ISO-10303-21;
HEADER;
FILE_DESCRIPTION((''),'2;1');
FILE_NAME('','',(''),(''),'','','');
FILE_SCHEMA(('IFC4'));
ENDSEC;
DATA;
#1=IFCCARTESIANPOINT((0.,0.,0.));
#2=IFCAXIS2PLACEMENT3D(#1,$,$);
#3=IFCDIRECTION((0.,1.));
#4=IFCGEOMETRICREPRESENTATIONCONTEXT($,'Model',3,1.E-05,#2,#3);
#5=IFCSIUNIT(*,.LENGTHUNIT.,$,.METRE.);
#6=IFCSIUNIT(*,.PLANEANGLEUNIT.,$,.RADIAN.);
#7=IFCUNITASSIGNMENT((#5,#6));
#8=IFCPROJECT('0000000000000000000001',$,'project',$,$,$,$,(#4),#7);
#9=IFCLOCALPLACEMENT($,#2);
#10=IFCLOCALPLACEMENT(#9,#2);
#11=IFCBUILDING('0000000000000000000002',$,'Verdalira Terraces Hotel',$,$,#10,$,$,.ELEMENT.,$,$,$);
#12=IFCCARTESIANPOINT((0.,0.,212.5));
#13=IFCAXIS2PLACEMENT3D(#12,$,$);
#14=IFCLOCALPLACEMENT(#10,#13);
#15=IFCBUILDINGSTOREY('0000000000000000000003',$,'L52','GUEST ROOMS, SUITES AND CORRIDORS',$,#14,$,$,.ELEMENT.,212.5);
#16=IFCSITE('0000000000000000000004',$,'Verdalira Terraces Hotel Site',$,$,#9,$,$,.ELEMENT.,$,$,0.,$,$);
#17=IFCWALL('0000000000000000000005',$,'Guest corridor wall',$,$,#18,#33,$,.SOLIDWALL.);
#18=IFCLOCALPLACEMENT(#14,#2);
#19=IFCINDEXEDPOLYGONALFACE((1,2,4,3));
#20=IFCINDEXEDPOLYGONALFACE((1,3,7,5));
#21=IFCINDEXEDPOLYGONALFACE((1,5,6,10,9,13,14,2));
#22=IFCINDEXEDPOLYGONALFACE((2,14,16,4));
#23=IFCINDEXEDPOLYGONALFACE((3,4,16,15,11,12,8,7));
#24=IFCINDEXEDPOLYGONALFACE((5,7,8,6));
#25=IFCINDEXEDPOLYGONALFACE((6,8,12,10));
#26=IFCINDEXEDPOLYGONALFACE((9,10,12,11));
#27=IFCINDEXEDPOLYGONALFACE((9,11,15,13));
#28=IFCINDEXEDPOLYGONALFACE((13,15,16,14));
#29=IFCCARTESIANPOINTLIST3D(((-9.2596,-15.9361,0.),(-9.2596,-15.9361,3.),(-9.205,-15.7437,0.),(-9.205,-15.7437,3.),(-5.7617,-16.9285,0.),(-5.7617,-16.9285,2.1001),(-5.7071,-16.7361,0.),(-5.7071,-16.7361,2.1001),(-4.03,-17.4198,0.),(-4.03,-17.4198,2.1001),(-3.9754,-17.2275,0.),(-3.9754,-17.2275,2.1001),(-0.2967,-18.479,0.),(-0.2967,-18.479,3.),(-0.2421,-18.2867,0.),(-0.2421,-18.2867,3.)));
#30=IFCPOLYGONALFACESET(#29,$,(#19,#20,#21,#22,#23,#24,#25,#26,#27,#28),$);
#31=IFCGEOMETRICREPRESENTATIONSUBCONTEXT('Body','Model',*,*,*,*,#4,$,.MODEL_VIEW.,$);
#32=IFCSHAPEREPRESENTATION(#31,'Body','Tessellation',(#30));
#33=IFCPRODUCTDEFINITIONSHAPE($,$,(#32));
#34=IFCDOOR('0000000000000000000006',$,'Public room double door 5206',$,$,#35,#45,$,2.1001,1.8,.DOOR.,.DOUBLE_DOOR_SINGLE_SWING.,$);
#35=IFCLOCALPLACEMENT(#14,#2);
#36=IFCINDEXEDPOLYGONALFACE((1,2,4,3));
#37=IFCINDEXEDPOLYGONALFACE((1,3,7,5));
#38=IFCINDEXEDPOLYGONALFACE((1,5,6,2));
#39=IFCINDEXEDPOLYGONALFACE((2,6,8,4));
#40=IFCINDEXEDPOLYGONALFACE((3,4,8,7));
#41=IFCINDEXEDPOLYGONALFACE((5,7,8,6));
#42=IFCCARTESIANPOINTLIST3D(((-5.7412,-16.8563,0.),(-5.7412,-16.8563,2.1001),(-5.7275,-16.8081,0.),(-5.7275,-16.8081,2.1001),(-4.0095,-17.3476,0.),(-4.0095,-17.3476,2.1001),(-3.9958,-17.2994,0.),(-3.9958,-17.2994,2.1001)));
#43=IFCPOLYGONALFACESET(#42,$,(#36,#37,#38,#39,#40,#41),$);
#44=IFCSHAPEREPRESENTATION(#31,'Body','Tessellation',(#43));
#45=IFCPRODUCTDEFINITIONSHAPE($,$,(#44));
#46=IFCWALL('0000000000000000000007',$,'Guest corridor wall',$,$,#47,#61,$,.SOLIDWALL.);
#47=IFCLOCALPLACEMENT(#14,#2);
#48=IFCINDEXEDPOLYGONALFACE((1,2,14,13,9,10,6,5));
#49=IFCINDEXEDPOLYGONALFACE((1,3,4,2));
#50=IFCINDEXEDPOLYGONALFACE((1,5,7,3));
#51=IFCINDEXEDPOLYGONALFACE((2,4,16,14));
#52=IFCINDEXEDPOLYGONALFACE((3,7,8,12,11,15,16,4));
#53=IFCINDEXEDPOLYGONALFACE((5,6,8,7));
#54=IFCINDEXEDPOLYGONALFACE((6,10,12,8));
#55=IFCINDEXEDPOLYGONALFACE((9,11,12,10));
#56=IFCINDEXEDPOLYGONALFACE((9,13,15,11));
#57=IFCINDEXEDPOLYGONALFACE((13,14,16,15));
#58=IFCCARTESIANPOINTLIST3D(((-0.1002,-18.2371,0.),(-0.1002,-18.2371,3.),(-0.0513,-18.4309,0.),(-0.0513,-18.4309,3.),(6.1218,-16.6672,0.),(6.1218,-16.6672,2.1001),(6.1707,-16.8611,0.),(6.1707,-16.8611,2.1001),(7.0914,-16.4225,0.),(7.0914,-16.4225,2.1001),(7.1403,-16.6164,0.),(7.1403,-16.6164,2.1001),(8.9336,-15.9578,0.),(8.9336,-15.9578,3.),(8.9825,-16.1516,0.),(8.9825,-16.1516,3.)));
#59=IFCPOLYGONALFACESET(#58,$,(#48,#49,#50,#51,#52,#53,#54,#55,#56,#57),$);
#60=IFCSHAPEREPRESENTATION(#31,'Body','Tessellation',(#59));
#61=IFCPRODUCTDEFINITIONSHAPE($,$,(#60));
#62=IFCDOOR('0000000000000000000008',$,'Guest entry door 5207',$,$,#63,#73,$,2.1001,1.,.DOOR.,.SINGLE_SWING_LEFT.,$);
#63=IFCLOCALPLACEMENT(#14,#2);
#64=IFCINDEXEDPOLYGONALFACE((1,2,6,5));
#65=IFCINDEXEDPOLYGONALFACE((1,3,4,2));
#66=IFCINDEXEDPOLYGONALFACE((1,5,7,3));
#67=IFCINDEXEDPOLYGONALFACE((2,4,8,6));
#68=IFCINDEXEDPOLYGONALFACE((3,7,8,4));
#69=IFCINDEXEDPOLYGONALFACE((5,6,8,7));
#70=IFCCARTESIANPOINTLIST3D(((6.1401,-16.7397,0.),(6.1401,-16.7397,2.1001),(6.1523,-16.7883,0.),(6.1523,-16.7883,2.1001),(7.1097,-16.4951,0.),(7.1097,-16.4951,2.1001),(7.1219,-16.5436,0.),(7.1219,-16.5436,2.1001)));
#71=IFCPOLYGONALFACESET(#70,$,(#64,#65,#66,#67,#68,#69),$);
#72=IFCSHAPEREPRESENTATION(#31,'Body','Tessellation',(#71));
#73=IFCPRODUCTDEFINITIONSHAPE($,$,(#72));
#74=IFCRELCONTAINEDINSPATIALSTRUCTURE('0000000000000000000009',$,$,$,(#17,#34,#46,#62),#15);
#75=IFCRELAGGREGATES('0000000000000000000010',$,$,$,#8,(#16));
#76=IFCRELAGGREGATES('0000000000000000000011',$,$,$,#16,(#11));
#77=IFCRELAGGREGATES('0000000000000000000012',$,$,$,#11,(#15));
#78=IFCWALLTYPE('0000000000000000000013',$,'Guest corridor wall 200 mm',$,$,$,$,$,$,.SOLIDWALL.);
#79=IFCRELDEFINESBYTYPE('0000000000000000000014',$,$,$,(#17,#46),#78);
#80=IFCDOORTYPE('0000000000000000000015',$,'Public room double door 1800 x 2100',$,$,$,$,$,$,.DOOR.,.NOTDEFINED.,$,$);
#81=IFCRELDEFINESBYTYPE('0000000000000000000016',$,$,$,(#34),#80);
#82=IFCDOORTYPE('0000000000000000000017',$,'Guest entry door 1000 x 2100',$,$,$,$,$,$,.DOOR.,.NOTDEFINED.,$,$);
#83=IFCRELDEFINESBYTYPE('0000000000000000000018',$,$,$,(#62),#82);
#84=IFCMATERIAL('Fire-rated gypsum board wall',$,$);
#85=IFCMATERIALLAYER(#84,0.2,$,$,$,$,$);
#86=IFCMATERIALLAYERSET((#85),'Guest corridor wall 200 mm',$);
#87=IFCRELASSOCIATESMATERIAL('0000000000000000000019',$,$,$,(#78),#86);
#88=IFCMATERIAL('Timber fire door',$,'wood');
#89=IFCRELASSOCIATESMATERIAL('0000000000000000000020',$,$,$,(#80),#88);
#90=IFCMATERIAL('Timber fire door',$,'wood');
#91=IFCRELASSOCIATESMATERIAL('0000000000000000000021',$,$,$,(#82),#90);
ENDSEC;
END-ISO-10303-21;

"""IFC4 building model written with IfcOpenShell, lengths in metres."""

from ifc_helpers import new_model, si_unit, direction, frame, frame_2d, origin, place, context, subcontext, project, spatial, rectangle, extrude, material, layer, layer_set, type_object, element, fill, save


model = new_model("IFC4")

# Units and contexts
model_context = context("Model", 3, precision=1e-05, world=origin(), true_north=direction((0.0, 1.0)))
body_context = subcontext(model_context, "Body", "Model", "MODEL_VIEW")
ifc_project = project(units=[si_unit("LENGTHUNIT", "METRE"), si_unit("PLANEANGLEUNIT", "RADIAN")], contexts=[model_context])

# Site, building, storey
site_placement = place(None, origin())
site = spatial("IfcSite", under=ifc_project, at=site_placement, Name="Verdalira Terraces Hotel Site", CompositionType="ELEMENT", RefElevation=0.0)
building_placement = place(site_placement, origin())
building = spatial("IfcBuilding", under=site, at=building_placement, Name="Verdalira Terraces Hotel", CompositionType="ELEMENT")
storey_placement = place(building_placement, frame((0.0, 0.0, 212.5)))
storey = spatial("IfcBuildingStorey", under=building, at=storey_placement, Name="L52", Description="GUEST ROOMS, SUITES AND CORRIDORS", CompositionType="ELEMENT", Elevation=212.5)

# Walls, openings, doors
ifc_material_1 = material(Name="Fire-rated gypsum board wall")
ifc_layer_1 = layer(ifc_material_1, 0.2)
ifc_layer_set_1 = layer_set([ifc_layer_1], Name="Guest corridor wall 200 mm")
wall_type_1 = type_object("IfcWallType", Name="Guest corridor wall 200 mm", PredefinedType="SOLIDWALL", material=ifc_layer_set_1)
wall_1_placement = place(storey_placement, frame((-0.2695, -18.3828, 0.0), z_axis=(0.0, 0.0, 1.0), x_axis=(-0.962029, 0.272949, 0.0)))
wall_1 = element("IfcWall", 1, at=wall_1_placement, inside=storey, type_object=wall_type_1, Name="Guest corridor wall", PredefinedType="SOLIDWALL", context=body_context, shape_type="SweptSolid", body=[
    extrude(rectangle(XDim=9.3166, YDim=0.2, at=frame_2d((4.6582, 0.0))), origin(), (0.0, 0.0, 1.0), 3.0),
])
opening_1_placement = place(wall_1_placement, frame((3.8806, 0.0, 0.0)))
opening_1 = element("IfcOpeningElement", 2, at=opening_1_placement, cuts=wall_1, PredefinedType="OPENING", context=body_context, shape_type="SweptSolid", body=[
    extrude(rectangle(XDim=1.8, YDim=2.1001, at=frame_2d((0.8999, 1.05))), frame((0.0, 0.1099, 0.0), z_axis=(0.0, -1.0, 0.0), x_axis=(1.0, 0.0, 0.0)), (0.0, 0.0, 1.0), 0.22),
])
ifc_material_2 = material(Name="Timber fire door", Category="wood")
door_type_1 = type_object("IfcDoorType", Name="Public room double door 1800 x 2100", OperationType="NOTDEFINED", PredefinedType="DOOR", material=ifc_material_2)
door_1_placement = place(opening_1_placement, origin())
door_1 = element("IfcDoor", 3, at=door_1_placement, inside=storey, type_object=door_type_1, Name="Public room double door 5206", OperationType="DOUBLE_DOOR_SINGLE_SWING", OverallHeight=2.1001, OverallWidth=1.8, PredefinedType="DOOR", context=body_context, shape_type="SweptSolid", body=[
    extrude(rectangle(XDim=1.8, YDim=2.1001, at=frame_2d((0.8999, 1.05))), frame((0.0, 0.0249, 0.0), z_axis=(0.0, -1.0, 0.0), x_axis=(1.0, 0.0, 0.0)), (0.0, 0.0, 1.0), 0.05),
])
fill(opening_1, door_1)
wall_2_placement = place(storey_placement, frame((8.958, -16.0547, 0.0), z_axis=(0.0, 0.0, 1.0), x_axis=(-0.969613, -0.244644, 0.0)))
wall_2 = element("IfcWall", 4, at=wall_2_placement, inside=storey, type_object=wall_type_1, Name="Guest corridor wall", PredefinedType="SOLIDWALL", context=body_context, shape_type="SweptSolid", body=[
    extrude(rectangle(XDim=9.3169, YDim=0.2, at=frame_2d((4.6584, 0.0))), origin(), (0.0, 0.0, 1.0), 3.0),
])
opening_2_placement = place(wall_2_placement, frame((1.8999, 0.0, 0.0)))
opening_2 = element("IfcOpeningElement", 5, at=opening_2_placement, cuts=wall_2, PredefinedType="OPENING", context=body_context, shape_type="SweptSolid", body=[
    extrude(rectangle(XDim=1.0, YDim=2.1001, at=frame_2d((0.5, 1.05))), frame((0.0, 0.1099, 0.0), z_axis=(0.0, -1.0, 0.0), x_axis=(1.0, 0.0, 0.0)), (0.0, 0.0, 1.0), 0.22),
])
ifc_material_3 = material(Name="Timber fire door", Category="wood")
door_type_2 = type_object("IfcDoorType", Name="Guest entry door 1000 x 2100", OperationType="NOTDEFINED", PredefinedType="DOOR", material=ifc_material_3)
door_2_placement = place(opening_2_placement, origin())
door_2 = element("IfcDoor", 6, at=door_2_placement, inside=storey, type_object=door_type_2, Name="Guest entry door 5207", OperationType="SINGLE_SWING_LEFT", OverallHeight=2.1001, OverallWidth=1.0, PredefinedType="DOOR", context=body_context, shape_type="SweptSolid", body=[
    extrude(rectangle(XDim=1.0, YDim=2.1001, at=frame_2d((0.5, 1.05))), frame((0.0, 0.0249, 0.0), z_axis=(0.0, -1.0, 0.0), x_axis=(1.0, 0.0, 0.0)), (0.0, 0.0, 1.0), 0.05),
])
fill(opening_2, door_2)

save(model, "model.ifc")
